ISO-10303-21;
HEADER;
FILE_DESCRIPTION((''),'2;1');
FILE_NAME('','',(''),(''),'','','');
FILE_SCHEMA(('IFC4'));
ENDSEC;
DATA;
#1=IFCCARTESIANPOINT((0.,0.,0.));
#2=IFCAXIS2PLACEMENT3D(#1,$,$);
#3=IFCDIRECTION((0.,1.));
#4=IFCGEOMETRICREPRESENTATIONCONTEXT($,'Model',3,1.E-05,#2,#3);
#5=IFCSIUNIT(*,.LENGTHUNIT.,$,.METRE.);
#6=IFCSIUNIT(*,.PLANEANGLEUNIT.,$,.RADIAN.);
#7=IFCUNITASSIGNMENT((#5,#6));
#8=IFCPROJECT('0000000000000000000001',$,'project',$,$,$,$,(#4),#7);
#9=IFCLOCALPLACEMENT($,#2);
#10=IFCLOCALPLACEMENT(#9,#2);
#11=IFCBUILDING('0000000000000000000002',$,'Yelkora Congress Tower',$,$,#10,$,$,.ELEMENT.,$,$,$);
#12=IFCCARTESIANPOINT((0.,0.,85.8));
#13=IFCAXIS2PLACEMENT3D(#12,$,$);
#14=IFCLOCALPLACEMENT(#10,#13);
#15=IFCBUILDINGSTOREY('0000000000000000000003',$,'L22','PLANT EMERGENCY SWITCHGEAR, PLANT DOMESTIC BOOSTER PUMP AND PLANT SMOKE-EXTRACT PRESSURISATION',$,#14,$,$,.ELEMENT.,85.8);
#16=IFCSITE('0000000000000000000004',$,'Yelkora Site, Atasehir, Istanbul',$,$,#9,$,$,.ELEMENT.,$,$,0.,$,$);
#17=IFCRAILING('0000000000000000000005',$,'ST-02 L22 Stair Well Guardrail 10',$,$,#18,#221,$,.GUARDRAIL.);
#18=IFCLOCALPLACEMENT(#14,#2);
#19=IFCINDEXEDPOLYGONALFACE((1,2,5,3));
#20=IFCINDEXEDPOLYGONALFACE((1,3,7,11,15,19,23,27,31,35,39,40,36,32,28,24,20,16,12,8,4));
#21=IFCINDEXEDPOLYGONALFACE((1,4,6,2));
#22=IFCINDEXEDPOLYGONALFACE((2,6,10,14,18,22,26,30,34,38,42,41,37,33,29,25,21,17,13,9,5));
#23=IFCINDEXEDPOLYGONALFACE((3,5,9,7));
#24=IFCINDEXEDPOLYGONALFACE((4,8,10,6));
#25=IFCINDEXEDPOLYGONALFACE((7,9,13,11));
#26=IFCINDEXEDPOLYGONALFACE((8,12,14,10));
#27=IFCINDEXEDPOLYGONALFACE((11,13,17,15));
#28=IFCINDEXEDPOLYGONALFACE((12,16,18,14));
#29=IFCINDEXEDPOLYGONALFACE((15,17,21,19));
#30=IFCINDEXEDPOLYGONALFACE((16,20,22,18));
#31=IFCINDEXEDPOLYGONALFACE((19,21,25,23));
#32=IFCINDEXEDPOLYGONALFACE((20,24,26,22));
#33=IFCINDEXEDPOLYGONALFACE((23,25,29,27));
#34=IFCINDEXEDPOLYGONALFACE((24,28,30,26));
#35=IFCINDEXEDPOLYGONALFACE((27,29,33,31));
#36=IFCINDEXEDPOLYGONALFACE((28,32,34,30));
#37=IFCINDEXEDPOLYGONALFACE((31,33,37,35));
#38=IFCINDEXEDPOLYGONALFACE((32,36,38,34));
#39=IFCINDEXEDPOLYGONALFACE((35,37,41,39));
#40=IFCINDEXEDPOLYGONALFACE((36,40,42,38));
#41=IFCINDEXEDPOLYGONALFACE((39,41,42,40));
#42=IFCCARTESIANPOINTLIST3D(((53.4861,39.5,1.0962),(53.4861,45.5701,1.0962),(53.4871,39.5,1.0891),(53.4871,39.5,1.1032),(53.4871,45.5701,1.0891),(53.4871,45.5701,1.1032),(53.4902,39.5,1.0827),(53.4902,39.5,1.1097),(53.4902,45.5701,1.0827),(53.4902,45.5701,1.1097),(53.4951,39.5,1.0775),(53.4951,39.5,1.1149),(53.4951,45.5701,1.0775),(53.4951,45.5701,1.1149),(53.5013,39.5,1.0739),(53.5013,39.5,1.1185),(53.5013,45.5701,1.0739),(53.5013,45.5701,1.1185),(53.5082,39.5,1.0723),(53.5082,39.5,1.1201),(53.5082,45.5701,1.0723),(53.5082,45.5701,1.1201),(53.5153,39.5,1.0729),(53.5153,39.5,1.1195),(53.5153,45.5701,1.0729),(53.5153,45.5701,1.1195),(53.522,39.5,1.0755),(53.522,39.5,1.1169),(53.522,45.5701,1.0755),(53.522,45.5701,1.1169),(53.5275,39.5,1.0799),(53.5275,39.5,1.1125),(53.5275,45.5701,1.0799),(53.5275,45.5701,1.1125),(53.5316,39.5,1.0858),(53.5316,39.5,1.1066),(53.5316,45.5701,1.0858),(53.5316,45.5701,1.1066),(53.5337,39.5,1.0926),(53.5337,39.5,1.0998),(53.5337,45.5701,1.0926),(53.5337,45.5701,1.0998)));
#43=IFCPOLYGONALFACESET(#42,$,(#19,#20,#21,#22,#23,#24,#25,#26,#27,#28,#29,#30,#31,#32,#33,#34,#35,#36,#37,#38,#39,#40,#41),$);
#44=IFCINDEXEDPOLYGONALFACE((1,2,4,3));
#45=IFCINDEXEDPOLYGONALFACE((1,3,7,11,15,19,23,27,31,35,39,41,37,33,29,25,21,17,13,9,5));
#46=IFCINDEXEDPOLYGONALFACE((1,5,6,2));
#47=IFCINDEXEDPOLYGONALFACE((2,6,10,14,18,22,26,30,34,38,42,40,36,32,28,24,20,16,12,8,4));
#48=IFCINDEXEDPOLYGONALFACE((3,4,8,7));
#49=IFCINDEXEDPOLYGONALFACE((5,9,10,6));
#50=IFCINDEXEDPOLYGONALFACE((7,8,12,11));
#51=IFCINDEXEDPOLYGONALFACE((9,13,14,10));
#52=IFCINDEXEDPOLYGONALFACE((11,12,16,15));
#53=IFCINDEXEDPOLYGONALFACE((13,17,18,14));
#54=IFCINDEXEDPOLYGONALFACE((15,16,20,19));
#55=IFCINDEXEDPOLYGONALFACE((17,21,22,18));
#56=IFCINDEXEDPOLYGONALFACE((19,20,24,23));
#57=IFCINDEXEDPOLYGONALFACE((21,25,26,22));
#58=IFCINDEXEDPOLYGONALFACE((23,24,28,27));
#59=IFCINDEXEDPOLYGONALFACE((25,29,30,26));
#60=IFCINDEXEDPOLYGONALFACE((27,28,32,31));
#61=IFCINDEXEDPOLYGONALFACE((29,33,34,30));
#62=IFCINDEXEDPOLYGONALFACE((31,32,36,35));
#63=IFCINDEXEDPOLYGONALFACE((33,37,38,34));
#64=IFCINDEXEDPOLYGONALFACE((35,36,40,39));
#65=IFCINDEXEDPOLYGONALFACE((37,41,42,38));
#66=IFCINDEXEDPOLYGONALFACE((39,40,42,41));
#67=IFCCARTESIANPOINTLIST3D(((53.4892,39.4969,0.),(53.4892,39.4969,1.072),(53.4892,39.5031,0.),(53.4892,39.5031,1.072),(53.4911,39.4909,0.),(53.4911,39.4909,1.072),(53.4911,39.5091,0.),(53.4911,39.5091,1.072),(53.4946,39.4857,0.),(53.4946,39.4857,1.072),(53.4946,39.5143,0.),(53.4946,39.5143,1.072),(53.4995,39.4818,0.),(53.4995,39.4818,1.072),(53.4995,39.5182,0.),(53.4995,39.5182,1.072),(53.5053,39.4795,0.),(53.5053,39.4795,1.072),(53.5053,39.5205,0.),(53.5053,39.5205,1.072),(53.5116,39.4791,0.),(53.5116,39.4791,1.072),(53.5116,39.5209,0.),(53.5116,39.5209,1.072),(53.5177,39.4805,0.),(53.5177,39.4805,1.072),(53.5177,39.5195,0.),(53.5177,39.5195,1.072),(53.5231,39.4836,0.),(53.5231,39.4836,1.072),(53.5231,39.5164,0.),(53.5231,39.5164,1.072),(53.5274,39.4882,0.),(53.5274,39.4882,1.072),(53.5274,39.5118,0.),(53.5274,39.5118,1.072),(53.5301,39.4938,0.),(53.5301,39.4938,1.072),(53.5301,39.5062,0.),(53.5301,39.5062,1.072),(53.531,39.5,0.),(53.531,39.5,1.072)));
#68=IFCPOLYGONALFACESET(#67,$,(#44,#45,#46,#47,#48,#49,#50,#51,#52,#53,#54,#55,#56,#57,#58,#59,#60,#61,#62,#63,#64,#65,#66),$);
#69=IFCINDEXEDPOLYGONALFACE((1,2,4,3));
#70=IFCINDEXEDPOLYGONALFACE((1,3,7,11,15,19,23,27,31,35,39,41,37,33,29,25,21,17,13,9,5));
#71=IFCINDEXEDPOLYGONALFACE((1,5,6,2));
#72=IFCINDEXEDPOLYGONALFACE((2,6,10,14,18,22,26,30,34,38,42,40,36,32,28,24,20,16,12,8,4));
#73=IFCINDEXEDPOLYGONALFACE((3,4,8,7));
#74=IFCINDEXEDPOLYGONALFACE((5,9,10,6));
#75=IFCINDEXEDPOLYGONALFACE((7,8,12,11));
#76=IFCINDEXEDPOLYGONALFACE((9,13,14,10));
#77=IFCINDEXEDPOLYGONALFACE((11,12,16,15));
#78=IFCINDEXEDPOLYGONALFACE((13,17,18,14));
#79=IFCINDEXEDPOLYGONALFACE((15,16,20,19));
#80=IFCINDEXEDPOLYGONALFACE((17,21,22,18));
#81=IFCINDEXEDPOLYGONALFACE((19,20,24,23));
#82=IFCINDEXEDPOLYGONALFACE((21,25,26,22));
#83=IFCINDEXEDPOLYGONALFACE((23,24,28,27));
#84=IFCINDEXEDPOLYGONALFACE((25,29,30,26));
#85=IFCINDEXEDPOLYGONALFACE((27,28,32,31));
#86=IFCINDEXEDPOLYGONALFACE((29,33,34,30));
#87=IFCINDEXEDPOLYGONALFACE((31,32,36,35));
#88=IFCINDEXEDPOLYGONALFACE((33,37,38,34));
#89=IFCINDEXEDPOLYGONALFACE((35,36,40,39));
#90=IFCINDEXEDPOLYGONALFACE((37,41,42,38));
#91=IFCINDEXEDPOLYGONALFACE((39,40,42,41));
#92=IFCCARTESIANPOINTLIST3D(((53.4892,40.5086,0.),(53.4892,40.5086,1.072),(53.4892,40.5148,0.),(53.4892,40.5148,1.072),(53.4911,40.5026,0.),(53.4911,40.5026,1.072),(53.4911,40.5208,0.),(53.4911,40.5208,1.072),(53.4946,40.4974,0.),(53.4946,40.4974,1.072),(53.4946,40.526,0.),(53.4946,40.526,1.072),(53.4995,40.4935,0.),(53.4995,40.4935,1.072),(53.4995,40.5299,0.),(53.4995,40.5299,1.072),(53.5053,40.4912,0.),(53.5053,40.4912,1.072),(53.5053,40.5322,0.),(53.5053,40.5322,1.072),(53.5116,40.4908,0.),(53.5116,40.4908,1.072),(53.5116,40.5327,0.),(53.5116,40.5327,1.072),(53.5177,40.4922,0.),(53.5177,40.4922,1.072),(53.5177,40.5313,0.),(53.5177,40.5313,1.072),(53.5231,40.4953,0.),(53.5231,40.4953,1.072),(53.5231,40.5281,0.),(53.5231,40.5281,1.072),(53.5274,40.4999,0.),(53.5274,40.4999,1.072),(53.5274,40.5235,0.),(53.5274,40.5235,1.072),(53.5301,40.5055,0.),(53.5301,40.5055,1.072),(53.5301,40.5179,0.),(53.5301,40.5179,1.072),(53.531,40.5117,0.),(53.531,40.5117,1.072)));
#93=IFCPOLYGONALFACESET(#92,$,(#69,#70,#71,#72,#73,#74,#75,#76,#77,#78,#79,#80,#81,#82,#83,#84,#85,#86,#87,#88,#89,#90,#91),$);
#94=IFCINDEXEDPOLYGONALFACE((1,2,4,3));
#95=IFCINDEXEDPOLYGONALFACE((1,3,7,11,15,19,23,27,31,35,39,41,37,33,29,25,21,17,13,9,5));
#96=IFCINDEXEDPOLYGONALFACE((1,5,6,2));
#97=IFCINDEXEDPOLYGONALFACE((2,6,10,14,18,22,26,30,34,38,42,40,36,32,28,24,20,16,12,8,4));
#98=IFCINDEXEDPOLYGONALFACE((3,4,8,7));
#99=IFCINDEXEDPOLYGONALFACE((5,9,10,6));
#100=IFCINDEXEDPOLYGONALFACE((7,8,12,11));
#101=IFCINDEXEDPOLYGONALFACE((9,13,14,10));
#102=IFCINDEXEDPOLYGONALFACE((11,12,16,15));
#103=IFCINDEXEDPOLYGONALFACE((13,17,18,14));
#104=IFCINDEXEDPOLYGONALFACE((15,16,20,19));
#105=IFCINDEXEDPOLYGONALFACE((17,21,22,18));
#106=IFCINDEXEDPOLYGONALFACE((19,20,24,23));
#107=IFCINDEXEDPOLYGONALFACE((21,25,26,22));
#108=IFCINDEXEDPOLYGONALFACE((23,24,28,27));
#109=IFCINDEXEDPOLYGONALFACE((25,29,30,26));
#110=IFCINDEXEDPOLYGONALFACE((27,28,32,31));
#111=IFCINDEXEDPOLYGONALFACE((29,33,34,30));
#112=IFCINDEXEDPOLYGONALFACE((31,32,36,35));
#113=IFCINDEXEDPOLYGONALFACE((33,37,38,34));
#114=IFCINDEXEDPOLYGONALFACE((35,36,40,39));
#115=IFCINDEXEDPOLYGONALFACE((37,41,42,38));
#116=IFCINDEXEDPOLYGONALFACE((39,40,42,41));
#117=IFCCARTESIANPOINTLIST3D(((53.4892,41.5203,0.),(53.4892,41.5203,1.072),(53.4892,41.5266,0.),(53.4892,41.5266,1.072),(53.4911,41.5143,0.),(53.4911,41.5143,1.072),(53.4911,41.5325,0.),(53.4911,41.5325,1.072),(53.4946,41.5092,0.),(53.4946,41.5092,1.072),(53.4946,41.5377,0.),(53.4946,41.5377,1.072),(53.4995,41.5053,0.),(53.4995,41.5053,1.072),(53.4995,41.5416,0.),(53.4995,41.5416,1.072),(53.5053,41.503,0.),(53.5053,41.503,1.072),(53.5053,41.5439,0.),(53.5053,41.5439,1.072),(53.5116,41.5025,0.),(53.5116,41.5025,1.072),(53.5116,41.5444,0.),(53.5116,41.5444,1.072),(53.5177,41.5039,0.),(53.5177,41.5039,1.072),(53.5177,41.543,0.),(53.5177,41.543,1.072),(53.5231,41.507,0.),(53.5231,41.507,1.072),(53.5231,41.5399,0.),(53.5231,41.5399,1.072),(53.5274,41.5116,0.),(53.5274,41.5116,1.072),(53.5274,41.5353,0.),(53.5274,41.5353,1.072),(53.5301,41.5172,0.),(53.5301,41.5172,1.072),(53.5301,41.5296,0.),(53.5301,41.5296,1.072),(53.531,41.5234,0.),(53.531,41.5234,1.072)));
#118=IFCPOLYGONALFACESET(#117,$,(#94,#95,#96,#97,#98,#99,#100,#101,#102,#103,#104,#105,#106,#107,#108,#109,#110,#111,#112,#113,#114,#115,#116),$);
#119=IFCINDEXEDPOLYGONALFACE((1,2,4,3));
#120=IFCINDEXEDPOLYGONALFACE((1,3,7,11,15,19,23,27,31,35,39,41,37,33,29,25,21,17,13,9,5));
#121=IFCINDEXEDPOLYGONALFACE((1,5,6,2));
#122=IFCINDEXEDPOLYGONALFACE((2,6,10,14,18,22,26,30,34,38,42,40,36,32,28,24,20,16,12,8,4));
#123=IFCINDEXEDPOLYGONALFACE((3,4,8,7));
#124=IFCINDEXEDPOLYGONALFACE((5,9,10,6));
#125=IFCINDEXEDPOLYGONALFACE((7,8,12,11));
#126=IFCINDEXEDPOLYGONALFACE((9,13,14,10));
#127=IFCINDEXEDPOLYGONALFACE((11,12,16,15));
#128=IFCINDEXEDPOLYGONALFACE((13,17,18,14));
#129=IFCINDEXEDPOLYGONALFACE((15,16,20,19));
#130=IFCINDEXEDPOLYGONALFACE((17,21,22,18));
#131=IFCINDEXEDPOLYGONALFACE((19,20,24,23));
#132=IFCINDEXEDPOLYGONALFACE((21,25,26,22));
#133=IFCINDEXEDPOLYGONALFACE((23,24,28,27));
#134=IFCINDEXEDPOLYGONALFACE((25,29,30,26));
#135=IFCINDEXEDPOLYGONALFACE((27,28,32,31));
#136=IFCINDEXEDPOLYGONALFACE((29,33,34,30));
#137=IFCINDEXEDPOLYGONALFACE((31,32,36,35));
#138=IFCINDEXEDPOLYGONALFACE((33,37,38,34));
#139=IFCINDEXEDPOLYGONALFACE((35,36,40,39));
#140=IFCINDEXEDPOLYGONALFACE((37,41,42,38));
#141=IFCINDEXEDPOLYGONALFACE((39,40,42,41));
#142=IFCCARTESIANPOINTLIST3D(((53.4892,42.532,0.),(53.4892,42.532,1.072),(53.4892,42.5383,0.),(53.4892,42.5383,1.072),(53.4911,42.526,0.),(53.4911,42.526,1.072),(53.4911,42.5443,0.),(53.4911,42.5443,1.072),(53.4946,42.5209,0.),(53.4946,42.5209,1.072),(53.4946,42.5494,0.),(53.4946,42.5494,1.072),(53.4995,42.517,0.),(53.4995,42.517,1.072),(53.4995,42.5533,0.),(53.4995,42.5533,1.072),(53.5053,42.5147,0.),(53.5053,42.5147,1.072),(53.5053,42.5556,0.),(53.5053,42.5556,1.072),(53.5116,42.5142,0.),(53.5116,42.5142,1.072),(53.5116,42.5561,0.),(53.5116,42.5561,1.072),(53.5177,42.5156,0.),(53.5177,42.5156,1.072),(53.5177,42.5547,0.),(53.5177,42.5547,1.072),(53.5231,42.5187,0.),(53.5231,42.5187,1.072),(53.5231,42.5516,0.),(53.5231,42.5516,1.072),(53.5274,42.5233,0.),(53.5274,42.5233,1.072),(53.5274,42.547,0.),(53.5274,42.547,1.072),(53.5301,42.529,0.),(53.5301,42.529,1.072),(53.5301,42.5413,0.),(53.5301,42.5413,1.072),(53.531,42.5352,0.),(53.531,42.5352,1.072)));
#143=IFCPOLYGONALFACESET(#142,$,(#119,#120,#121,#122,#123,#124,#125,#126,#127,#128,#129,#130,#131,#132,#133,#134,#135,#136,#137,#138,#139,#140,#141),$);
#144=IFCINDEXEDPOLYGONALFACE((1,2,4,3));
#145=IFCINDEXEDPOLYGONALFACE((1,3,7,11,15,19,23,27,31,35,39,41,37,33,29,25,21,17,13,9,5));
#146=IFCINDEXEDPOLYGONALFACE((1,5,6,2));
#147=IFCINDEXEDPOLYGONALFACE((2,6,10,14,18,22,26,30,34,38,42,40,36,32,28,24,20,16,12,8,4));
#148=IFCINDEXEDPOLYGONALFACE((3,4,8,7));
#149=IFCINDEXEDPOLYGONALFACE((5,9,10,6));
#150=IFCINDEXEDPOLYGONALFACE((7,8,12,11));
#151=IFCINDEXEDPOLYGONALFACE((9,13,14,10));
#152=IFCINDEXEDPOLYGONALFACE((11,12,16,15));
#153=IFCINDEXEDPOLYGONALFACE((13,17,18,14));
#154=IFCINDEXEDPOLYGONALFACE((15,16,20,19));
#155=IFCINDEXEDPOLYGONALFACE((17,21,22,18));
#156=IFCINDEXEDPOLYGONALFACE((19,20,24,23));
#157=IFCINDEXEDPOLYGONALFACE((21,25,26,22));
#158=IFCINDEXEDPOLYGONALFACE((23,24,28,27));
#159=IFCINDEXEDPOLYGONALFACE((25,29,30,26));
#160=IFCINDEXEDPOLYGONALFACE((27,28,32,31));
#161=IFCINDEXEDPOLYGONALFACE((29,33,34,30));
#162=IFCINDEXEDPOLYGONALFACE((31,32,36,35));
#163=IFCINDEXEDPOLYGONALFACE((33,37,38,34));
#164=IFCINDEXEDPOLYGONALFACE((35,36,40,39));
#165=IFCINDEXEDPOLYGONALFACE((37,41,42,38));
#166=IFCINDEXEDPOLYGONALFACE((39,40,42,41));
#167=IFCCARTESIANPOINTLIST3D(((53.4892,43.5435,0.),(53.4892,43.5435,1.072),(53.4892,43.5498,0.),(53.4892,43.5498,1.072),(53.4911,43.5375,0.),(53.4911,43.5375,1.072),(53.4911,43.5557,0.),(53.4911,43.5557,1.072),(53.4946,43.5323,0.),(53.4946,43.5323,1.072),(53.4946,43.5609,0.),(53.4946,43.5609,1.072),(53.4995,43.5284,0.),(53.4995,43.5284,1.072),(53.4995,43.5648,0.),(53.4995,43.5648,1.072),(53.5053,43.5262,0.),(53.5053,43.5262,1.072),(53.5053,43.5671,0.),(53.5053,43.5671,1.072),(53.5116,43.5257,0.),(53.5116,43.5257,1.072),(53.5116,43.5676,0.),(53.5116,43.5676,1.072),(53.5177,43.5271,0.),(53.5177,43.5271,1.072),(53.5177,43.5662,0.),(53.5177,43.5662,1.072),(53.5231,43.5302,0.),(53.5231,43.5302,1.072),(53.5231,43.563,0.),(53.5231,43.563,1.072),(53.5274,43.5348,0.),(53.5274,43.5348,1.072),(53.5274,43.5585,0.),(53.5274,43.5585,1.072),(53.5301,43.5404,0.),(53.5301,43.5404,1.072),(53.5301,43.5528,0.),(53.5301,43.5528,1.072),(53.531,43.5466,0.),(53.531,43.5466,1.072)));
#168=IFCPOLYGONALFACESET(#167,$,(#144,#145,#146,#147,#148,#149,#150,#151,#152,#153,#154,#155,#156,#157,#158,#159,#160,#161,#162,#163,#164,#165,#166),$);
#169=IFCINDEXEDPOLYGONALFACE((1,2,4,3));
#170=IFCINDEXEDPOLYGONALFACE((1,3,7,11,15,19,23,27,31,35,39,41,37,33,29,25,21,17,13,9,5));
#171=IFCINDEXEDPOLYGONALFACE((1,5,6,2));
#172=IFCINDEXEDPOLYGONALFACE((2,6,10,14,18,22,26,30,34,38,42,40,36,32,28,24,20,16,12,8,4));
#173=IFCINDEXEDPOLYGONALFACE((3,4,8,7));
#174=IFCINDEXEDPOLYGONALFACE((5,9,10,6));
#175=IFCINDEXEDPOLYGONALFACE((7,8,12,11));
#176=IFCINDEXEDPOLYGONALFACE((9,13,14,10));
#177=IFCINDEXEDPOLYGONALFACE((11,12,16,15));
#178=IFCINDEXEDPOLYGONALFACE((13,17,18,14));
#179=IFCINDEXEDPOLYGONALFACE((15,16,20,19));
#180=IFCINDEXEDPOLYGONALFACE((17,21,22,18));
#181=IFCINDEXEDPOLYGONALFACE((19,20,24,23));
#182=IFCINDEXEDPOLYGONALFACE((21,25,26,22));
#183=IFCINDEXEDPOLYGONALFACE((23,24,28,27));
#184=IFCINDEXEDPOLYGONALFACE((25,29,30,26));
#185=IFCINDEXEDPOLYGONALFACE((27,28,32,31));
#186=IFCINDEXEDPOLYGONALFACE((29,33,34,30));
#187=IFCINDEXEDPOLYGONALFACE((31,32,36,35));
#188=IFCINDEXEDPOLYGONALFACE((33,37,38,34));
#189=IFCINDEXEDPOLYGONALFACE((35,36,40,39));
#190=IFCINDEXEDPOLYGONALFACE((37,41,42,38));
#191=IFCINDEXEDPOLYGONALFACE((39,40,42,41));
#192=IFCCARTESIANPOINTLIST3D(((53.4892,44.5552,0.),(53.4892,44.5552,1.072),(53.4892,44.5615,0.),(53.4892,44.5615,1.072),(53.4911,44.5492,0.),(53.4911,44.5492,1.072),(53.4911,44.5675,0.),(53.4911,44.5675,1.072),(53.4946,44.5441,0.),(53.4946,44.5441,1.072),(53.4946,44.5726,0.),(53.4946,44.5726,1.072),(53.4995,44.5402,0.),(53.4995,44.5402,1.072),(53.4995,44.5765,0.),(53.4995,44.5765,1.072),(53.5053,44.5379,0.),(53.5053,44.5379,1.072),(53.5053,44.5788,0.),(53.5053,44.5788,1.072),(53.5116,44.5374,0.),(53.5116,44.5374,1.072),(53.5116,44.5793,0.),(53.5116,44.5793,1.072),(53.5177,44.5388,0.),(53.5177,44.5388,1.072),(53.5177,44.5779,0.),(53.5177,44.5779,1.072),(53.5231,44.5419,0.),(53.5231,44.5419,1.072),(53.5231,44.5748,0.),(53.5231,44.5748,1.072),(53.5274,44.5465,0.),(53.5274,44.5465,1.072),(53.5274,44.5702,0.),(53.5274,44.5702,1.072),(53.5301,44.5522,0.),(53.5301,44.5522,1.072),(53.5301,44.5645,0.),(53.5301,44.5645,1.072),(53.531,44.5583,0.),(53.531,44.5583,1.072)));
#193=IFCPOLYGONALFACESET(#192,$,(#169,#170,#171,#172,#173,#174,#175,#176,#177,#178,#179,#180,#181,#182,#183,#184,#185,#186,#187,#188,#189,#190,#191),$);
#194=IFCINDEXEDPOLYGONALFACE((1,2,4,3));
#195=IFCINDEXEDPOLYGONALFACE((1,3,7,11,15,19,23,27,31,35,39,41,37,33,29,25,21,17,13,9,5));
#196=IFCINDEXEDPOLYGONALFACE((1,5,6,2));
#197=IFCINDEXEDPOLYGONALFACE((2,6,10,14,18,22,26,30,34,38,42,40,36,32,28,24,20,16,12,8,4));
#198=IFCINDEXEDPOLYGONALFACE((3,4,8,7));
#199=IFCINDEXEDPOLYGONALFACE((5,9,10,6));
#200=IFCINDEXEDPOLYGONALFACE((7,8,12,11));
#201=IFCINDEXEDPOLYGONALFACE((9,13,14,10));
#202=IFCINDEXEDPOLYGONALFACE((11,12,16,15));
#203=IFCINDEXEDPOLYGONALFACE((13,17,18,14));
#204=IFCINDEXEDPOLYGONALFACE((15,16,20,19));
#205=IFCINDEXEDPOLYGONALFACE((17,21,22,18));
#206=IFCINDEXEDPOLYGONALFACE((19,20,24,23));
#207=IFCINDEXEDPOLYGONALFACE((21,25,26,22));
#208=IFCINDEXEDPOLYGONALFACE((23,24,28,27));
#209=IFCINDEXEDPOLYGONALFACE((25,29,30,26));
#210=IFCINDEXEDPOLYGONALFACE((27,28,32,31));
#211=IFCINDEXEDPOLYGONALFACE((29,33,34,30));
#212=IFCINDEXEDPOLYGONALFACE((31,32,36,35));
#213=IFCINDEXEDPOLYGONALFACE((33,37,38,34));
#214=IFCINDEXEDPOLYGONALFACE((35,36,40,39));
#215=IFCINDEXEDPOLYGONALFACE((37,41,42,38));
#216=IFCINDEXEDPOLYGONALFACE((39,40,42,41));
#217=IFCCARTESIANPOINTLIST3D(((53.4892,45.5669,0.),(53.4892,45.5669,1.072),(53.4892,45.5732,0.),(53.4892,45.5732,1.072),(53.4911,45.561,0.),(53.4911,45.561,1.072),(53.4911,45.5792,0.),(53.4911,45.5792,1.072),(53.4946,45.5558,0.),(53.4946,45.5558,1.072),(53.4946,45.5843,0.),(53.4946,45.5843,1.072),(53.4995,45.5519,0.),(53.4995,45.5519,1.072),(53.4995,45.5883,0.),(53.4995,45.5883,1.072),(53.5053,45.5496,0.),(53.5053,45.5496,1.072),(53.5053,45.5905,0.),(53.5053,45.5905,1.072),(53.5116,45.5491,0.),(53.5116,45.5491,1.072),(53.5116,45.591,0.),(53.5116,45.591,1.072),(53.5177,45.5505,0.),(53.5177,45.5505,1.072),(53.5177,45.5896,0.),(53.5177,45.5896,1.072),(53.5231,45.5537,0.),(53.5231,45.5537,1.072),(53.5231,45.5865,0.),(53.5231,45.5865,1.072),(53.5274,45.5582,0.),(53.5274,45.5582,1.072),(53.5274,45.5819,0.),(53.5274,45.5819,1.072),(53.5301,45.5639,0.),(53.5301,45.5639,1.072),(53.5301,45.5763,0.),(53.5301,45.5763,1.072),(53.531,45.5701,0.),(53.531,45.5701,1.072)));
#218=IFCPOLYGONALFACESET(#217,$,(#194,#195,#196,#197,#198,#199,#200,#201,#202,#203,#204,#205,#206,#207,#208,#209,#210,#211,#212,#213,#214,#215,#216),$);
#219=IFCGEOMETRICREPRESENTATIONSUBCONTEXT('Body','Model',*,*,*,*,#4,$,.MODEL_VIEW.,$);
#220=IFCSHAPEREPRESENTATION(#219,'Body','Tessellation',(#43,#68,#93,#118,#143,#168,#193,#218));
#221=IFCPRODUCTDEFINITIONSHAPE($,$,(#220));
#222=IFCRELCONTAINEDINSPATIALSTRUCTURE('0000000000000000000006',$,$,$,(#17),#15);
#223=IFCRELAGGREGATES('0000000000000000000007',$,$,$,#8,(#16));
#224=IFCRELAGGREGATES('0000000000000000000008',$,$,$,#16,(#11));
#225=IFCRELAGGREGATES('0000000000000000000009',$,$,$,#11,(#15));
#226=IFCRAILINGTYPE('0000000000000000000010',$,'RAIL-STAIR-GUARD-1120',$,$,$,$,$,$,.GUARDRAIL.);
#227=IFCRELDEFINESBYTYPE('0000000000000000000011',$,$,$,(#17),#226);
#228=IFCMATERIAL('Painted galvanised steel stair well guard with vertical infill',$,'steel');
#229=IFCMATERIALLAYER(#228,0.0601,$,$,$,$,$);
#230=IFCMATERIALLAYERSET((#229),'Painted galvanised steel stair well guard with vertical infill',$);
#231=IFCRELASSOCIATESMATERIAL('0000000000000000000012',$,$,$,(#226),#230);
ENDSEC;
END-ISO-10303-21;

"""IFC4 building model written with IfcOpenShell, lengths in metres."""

from ifc_helpers import new_model, si_unit, direction, frame, origin, origin_2d, place, context, subcontext, project, spatial, circle, extrude, material, layer, layer_set, type_object, element, save


model = new_model("IFC4")

# Units and contexts
model_context = context("Model", 3, precision=1e-05, world=origin(), true_north=direction((0.0, 1.0)))
body_context = subcontext(model_context, "Body", "Model", "MODEL_VIEW")
ifc_project = project(units=[si_unit("LENGTHUNIT", "METRE"), si_unit("PLANEANGLEUNIT", "RADIAN")], contexts=[model_context])

# Site, building, storey
site_placement = place(None, origin())
site = spatial("IfcSite", under=ifc_project, at=site_placement, Name="Yelkora Site, Atasehir, Istanbul", CompositionType="ELEMENT", RefElevation=0.0)
building_placement = place(site_placement, origin())
building = spatial("IfcBuilding", under=site, at=building_placement, Name="Yelkora Congress Tower", CompositionType="ELEMENT")
storey_placement = place(building_placement, frame((0.0, 0.0, 85.8)))
storey = spatial("IfcBuildingStorey", under=building, at=storey_placement, Name="L22", Description="PLANT EMERGENCY SWITCHGEAR, PLANT DOMESTIC BOOSTER PUMP AND PLANT SMOKE-EXTRACT PRESSURISATION", CompositionType="ELEMENT", Elevation=85.8)

# Railing
ifc_material_1 = material(Name="Painted galvanised steel stair well guard with vertical infill", Category="steel")
ifc_layer_1 = layer(ifc_material_1, 0.0601)
ifc_layer_set_1 = layer_set([ifc_layer_1], Name="Painted galvanised steel stair well guard with vertical infill")
railing_type_1 = type_object("IfcRailingType", Name="RAIL-STAIR-GUARD-1120", PredefinedType="GUARDRAIL", material=ifc_layer_set_1)
railing_1_placement = place(storey_placement, frame((53.51, 39.5, 0.0)))
element("IfcRailing", 1, at=railing_1_placement, inside=storey, type_object=railing_type_1, Name="ST-02 L22 Stair Well Guardrail 10", PredefinedType="GUARDRAIL", context=body_context, shape_type="SweptSolid", body=[
    extrude(circle(Radius=0.0239, at=origin_2d()), frame((0.0, 0.0, 1.0962), z_axis=(0.0, 1.0, 0.0), x_axis=(-1.0, 0.0, 0.0)), (0.0, 0.0, 1.0), 6.0701),
    extrude(circle(Radius=0.021, at=origin_2d()), origin(), (0.0, 0.0, 1.0), 1.072),
    extrude(circle(Radius=0.021, at=origin_2d()), frame((0.0, 1.0117, 0.0)), (0.0, 0.0, 1.0), 1.072),
    extrude(circle(Radius=0.021, at=origin_2d()), frame((0.0, 2.0234, 0.0)), (0.0, 0.0, 1.0), 1.072),
    extrude(circle(Radius=0.021, at=origin_2d()), frame((0.0, 3.0352, 0.0)), (0.0, 0.0, 1.0), 1.072),
    extrude(circle(Radius=0.021, at=origin_2d()), frame((0.0, 4.0466, 0.0)), (0.0, 0.0, 1.0), 1.072),
    extrude(circle(Radius=0.021, at=origin_2d()), frame((0.0, 5.0583, 0.0)), (0.0, 0.0, 1.0), 1.072),
    extrude(circle(Radius=0.021, at=origin_2d()), frame((0.0, 6.0701, 0.0)), (0.0, 0.0, 1.0), 1.072),
])

save(model, "model.ifc")
